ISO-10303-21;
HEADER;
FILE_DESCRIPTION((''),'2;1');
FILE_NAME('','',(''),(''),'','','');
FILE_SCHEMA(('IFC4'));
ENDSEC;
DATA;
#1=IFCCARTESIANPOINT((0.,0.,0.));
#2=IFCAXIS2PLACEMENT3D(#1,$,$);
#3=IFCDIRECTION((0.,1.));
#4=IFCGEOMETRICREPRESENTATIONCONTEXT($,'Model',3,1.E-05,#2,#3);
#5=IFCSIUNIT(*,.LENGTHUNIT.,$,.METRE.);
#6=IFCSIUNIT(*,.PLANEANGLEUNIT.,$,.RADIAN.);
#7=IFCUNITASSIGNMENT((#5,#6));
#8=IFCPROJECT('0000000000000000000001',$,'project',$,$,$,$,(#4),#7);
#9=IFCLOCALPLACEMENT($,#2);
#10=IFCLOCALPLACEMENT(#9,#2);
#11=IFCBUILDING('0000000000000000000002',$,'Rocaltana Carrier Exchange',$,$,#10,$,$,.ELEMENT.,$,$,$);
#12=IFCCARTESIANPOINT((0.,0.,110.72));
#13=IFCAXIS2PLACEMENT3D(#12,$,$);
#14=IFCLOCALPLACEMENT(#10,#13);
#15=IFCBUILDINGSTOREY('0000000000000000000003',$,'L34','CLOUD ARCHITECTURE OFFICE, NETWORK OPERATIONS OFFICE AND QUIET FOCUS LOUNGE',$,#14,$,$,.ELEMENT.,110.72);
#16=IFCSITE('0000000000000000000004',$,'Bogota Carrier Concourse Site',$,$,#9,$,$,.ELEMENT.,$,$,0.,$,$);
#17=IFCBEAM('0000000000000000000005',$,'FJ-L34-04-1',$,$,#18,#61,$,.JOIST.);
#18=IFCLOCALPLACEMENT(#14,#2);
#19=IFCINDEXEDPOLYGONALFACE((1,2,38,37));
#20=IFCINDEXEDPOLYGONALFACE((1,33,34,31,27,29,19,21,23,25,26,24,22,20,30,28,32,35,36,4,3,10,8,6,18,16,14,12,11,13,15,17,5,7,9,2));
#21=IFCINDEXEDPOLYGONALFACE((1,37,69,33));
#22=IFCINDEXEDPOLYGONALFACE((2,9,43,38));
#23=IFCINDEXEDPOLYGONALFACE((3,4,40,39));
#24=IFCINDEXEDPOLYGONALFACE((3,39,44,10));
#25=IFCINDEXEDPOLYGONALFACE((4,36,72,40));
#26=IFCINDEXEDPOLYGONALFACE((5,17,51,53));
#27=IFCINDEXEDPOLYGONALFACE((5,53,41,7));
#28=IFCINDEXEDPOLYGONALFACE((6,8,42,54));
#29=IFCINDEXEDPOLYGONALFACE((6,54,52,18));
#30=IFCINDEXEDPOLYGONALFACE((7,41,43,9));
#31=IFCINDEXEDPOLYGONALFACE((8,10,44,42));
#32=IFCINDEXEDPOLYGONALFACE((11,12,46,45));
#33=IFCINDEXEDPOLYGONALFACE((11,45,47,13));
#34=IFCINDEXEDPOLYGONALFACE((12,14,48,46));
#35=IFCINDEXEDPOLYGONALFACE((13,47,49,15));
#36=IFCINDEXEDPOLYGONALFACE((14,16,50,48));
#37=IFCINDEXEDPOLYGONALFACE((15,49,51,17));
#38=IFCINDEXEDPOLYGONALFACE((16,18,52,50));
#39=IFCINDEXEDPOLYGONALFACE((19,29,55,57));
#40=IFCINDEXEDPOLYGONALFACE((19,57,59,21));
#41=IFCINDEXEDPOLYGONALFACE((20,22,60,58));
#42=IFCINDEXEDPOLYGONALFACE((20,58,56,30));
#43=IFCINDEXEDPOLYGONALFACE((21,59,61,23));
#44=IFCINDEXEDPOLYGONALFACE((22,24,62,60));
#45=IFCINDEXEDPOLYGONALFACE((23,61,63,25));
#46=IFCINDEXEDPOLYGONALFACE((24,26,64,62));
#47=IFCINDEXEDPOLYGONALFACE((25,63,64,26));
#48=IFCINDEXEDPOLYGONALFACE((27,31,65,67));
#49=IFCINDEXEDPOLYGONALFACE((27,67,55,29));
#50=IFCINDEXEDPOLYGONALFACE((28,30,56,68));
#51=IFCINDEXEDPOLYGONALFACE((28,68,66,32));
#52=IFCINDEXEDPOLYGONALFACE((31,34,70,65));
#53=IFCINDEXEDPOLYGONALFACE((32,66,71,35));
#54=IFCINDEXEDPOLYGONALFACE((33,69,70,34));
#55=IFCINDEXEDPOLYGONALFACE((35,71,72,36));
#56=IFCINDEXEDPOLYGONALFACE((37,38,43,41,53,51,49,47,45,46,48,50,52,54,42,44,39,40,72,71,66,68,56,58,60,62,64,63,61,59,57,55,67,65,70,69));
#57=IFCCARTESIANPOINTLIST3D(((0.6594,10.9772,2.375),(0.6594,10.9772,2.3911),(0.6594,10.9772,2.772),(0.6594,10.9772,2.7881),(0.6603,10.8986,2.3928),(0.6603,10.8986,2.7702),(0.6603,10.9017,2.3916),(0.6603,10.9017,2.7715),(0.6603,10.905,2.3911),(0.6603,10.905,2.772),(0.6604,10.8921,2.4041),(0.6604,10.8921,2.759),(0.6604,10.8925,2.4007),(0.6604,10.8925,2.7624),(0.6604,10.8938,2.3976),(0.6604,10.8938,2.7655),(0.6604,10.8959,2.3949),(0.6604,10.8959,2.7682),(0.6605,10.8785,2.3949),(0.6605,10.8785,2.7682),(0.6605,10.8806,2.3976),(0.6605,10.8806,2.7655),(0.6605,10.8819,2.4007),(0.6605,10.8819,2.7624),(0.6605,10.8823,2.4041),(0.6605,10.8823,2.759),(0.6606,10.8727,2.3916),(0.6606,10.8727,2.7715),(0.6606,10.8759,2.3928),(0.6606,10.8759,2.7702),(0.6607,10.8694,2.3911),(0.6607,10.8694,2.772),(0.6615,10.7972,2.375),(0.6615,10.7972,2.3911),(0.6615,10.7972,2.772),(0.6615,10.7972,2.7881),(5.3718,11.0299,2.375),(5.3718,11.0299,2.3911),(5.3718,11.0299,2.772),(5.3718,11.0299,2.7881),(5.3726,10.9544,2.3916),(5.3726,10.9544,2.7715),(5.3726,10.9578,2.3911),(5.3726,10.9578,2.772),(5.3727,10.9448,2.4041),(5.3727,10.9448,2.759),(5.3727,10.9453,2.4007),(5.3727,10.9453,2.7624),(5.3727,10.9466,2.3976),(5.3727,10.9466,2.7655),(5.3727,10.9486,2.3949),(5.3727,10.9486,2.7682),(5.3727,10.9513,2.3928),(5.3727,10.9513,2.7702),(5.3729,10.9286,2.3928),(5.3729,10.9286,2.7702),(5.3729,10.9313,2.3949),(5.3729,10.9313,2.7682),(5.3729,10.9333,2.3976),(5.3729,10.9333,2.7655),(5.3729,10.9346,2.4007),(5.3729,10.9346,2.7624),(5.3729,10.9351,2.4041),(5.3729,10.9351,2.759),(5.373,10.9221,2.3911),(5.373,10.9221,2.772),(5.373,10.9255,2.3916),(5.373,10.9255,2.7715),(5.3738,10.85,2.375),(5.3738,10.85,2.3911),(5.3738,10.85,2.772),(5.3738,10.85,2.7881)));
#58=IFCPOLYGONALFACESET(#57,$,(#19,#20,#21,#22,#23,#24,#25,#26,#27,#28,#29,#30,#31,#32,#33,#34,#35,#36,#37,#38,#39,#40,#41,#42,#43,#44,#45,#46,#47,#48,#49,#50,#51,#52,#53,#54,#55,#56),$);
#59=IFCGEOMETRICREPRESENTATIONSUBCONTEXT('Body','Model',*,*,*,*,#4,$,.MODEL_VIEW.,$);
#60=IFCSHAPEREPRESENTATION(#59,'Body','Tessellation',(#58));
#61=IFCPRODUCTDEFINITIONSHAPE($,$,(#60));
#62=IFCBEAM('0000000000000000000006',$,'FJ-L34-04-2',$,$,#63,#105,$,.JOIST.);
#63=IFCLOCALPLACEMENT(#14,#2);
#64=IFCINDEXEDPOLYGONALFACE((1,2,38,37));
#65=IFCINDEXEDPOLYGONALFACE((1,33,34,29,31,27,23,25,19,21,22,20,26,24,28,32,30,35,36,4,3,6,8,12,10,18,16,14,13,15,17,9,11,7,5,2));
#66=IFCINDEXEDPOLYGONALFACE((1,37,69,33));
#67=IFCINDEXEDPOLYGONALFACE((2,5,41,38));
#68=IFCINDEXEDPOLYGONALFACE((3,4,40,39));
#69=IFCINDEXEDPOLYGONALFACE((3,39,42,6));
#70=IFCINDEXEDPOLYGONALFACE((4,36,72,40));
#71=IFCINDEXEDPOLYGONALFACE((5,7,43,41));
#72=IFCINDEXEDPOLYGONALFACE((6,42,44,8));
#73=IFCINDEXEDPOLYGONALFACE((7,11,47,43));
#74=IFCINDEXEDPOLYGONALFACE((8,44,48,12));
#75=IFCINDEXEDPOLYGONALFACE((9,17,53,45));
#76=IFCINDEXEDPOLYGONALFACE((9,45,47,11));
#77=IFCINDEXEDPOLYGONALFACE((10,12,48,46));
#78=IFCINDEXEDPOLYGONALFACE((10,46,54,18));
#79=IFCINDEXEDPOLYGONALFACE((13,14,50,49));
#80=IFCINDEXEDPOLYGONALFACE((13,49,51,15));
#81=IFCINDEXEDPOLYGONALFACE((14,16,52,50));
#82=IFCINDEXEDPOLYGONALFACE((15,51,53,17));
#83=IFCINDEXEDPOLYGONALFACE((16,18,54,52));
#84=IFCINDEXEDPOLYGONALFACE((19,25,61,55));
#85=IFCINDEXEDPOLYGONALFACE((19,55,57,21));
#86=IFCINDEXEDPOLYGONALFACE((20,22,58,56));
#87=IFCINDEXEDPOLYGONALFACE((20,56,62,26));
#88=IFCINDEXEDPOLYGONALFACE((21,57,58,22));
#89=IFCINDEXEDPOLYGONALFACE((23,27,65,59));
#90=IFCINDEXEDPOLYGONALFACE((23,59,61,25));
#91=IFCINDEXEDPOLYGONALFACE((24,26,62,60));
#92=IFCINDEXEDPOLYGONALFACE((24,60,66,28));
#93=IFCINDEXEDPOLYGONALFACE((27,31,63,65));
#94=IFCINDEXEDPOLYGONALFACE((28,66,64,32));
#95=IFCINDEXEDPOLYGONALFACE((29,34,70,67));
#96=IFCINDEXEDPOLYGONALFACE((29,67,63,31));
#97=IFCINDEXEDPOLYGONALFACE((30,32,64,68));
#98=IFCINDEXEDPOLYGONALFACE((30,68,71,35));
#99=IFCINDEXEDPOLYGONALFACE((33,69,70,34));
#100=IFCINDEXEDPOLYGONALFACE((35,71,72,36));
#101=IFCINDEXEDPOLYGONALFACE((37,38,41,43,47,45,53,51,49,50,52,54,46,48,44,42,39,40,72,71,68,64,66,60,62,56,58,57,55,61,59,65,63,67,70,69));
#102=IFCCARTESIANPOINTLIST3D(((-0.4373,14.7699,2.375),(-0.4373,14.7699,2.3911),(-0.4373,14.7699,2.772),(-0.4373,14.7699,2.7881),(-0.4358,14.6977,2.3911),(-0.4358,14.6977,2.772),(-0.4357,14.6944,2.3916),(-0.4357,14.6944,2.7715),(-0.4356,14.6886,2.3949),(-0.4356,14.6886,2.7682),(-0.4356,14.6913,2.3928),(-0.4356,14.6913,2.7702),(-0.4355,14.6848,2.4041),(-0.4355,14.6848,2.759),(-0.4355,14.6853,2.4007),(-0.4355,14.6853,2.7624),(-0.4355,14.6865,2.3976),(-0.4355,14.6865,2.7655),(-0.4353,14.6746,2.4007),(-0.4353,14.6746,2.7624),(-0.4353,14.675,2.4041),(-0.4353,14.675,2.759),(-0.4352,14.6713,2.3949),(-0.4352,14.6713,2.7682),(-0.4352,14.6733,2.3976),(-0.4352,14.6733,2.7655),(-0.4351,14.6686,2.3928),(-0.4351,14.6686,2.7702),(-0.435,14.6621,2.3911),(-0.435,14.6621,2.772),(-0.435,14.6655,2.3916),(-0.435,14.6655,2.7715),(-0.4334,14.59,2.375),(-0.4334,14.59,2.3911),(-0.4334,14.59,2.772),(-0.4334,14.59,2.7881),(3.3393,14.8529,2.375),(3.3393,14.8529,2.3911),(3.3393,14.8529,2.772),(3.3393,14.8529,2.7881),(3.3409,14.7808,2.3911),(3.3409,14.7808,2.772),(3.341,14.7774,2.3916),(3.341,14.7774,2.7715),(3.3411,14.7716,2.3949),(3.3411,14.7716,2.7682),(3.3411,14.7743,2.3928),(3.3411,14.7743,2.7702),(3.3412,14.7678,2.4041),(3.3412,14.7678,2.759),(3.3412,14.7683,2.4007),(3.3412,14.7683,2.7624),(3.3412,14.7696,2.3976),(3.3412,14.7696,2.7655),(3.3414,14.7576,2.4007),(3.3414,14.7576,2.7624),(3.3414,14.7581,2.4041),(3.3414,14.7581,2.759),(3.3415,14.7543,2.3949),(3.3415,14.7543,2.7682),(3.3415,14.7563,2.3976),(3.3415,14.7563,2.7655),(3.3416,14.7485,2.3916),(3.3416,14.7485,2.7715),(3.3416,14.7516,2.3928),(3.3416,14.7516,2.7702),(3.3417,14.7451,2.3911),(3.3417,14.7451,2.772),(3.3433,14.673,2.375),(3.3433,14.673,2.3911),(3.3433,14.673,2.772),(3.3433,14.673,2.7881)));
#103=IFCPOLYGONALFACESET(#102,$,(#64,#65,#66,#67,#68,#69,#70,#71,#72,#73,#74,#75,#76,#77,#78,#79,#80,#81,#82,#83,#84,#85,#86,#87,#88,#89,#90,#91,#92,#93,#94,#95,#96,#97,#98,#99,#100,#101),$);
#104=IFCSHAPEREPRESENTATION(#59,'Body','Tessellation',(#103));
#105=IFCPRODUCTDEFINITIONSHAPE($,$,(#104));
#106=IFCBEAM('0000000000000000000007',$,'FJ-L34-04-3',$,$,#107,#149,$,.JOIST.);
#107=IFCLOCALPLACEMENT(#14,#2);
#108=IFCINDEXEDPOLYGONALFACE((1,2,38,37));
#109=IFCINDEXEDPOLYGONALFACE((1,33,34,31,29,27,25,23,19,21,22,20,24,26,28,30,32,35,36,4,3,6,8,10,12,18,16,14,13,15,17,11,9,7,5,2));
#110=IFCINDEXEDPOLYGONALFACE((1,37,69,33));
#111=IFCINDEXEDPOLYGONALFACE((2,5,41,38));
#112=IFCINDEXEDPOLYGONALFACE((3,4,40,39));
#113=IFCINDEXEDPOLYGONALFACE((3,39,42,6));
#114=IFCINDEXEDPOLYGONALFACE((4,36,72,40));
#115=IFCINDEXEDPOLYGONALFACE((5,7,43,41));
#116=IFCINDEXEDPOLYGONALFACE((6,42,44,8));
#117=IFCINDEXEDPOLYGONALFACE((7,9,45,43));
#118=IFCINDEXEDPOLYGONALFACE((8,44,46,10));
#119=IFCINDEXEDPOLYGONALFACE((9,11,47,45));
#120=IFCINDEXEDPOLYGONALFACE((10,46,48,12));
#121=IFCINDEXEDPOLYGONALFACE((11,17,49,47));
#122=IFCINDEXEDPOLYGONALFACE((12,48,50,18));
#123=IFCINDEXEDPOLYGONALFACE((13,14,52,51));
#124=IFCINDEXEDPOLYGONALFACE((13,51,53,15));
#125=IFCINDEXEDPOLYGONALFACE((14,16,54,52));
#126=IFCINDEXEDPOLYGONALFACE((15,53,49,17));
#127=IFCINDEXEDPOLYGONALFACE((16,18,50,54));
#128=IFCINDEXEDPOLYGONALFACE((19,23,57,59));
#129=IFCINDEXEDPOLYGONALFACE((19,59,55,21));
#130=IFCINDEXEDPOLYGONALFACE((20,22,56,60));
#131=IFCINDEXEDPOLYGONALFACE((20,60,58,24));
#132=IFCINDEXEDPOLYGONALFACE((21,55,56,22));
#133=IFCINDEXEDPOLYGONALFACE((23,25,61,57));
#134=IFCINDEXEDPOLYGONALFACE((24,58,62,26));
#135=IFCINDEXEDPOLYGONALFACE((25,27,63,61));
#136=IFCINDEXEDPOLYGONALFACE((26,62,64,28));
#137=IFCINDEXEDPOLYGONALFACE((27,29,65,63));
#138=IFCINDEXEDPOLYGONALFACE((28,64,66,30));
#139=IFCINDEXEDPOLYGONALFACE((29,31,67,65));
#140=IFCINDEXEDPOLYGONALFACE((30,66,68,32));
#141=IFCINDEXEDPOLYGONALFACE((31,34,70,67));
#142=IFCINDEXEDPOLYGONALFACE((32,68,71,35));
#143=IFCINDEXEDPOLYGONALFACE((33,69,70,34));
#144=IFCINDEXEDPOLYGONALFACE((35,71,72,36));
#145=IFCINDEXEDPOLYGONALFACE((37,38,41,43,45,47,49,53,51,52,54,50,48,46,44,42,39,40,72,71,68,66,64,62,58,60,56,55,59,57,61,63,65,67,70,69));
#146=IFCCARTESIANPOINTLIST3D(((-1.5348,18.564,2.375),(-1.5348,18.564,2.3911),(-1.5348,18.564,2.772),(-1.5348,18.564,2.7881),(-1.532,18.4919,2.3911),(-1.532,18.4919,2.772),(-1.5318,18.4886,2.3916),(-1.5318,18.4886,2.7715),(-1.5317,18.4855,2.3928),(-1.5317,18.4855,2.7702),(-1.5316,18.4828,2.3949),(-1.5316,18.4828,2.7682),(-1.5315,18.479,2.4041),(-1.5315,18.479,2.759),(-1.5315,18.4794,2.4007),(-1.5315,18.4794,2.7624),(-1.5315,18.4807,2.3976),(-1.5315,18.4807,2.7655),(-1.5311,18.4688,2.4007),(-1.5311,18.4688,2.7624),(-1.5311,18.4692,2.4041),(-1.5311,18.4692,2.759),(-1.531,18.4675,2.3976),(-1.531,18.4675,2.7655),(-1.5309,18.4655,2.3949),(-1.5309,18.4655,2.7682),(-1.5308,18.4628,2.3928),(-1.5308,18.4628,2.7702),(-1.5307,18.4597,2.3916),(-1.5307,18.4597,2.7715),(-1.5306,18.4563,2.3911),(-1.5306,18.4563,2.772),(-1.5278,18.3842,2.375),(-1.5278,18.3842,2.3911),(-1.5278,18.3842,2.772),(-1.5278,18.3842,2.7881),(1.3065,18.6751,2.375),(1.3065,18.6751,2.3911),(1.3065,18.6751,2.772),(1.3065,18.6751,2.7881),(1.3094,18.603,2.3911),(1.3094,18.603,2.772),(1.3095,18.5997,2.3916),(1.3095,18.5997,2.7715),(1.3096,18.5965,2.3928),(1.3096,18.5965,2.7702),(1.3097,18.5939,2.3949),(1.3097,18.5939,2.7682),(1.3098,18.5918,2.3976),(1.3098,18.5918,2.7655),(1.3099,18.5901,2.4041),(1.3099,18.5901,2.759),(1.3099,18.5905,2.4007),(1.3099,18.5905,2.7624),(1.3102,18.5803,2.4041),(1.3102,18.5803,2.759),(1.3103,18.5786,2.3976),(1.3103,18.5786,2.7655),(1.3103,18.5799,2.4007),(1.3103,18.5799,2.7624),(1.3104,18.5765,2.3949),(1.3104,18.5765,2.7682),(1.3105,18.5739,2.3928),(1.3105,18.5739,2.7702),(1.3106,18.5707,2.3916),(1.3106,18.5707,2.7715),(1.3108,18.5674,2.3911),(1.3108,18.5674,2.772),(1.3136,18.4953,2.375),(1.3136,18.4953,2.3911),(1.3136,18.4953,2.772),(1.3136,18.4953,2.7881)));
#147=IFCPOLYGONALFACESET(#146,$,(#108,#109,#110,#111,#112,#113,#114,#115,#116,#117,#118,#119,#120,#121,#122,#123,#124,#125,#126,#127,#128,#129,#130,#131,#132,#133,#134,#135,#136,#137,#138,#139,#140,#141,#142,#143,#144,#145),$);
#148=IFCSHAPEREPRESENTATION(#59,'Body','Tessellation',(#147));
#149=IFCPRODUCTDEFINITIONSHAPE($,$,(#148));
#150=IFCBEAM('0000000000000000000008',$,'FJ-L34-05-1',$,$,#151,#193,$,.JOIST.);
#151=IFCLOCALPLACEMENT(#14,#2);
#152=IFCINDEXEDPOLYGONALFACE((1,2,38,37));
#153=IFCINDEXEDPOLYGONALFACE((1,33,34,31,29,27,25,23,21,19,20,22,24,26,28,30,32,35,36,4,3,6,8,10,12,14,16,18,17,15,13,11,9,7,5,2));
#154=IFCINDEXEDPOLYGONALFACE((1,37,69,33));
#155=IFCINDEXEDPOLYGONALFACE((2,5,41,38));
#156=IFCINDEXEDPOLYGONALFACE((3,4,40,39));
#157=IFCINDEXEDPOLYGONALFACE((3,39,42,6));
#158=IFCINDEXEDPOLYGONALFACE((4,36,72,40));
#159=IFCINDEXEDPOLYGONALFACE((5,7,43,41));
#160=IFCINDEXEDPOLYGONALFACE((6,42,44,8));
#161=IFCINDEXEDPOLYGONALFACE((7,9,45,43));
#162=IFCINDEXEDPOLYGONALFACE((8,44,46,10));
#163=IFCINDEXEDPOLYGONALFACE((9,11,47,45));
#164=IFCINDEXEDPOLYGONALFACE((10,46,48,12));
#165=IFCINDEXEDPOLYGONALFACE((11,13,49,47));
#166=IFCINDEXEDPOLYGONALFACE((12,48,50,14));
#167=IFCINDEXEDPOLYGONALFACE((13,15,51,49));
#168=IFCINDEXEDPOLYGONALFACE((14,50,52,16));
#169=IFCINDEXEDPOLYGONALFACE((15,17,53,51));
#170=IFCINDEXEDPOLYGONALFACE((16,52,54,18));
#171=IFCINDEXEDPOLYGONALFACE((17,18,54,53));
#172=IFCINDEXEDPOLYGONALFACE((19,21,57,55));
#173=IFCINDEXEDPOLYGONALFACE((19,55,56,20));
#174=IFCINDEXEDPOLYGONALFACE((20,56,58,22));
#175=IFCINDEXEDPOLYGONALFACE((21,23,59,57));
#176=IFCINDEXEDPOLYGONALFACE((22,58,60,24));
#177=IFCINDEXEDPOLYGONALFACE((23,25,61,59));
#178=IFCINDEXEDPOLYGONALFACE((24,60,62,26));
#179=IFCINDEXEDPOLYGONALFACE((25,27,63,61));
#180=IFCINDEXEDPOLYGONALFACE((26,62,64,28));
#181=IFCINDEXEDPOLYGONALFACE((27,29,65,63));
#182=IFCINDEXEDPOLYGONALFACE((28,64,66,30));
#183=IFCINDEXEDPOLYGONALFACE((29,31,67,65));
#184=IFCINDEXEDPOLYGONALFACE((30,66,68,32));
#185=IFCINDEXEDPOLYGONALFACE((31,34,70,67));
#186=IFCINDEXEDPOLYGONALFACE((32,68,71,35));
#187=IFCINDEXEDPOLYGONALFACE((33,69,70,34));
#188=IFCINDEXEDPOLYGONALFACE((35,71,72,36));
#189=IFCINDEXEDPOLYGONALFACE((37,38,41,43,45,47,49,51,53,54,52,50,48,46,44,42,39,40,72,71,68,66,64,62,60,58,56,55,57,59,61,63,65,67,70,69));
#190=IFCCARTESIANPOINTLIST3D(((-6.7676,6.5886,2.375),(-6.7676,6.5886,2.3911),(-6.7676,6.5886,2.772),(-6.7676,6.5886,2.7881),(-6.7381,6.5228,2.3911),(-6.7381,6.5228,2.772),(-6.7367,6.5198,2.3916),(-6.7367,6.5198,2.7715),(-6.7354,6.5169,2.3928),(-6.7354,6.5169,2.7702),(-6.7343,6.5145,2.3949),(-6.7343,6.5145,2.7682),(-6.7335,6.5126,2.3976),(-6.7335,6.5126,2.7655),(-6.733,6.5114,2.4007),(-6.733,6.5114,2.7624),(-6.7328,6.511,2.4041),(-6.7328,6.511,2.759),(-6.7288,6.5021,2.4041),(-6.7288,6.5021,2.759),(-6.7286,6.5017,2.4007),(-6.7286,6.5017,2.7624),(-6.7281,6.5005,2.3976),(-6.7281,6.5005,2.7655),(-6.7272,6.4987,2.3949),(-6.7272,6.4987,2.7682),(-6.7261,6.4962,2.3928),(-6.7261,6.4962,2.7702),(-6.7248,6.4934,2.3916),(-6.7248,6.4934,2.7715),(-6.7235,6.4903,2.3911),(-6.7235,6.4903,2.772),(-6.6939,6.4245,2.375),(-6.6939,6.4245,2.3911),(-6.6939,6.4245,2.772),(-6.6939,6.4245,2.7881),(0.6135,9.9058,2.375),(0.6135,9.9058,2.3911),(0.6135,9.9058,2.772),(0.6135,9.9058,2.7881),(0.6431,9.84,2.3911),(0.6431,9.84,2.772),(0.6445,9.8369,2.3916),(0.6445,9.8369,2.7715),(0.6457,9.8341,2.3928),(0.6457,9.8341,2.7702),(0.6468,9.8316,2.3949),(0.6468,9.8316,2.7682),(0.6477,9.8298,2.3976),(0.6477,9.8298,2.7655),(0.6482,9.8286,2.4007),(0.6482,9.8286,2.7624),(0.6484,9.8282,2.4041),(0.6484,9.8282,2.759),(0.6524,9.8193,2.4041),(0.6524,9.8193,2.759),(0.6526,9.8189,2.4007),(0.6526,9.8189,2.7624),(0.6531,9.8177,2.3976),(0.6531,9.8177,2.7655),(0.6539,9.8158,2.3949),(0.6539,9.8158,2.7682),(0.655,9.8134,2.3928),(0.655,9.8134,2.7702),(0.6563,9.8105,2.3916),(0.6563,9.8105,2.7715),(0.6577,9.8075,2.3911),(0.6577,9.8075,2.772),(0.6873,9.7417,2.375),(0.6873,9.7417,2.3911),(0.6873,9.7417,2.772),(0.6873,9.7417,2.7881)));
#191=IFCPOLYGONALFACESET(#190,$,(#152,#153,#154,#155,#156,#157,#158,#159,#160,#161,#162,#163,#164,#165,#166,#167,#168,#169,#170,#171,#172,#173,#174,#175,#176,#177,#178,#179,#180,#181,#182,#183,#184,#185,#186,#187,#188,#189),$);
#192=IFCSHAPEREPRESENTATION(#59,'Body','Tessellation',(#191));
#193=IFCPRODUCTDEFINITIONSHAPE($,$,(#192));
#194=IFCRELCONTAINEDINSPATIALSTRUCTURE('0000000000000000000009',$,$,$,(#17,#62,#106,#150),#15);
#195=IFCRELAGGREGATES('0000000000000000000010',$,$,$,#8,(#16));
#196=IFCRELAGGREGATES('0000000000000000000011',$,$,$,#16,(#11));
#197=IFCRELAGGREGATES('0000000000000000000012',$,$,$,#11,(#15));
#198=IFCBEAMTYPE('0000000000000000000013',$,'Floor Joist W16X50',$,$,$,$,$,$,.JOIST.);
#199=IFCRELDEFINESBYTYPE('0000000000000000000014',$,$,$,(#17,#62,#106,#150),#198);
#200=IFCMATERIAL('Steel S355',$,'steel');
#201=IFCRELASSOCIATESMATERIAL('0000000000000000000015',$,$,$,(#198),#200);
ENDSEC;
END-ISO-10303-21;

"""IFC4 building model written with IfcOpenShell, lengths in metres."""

from ifc_helpers import new_model, si_unit, direction, frame, origin, origin_2d, place, context, subcontext, project, spatial, i_section, extrude, material, material_profile, profile_set, type_object, element, save


model = new_model("IFC4")

# Units and contexts
model_context = context("Model", 3, precision=1e-05, world=origin(), true_north=direction((0.0, 1.0)))
body_context = subcontext(model_context, "Body", "Model", "MODEL_VIEW")
ifc_project = project(units=[si_unit("LENGTHUNIT", "METRE"), si_unit("PLANEANGLEUNIT", "RADIAN")], contexts=[model_context])

# Site, building, storey
site_placement = place(None, origin())
site = spatial("IfcSite", under=ifc_project, at=site_placement, Name="Bogota Carrier Concourse Site", CompositionType="ELEMENT", RefElevation=0.0)
building_placement = place(site_placement, origin())
building = spatial("IfcBuilding", under=site, at=building_placement, Name="Rocaltana Carrier Exchange", CompositionType="ELEMENT")
storey_placement = place(building_placement, frame((0.0, 0.0, 110.72)))
storey = spatial("IfcBuildingStorey", under=building, at=storey_placement, Name="L34", Description="CLOUD ARCHITECTURE OFFICE, NETWORK OPERATIONS OFFICE AND QUIET FOCUS LOUNGE", CompositionType="ELEMENT", Elevation=110.72)

# Beams
ifc_material_1 = material(Name="Steel S355", Category="steel")
ifc_material_profile_1 = material_profile(ifc_material_1, i_section(OverallWidth=0.1799, OverallDepth=0.4131, WebThickness=0.0098, FlangeThickness=0.0161, FilletRadius=0.0129, at=origin_2d()), Name="W16X50")
ifc_profile_set_1 = profile_set([ifc_material_profile_1], Name="Steel S355")
beam_type_1 = type_object("IfcBeamType", Name="Floor Joist W16X50", PredefinedType="JOIST", material=ifc_profile_set_1)
beam_1_placement = place(storey_placement, frame((5.3728, 10.9399, 2.5815), z_axis=(-0.999937, -0.01119, 0.0), x_axis=(0.01119, -0.999937, 0.0)))
element("IfcBeam", 1, at=beam_1_placement, inside=storey, type_object=beam_type_1, Name="FJ-L34-04-1", PredefinedType="JOIST", context=body_context, shape_type="SweptSolid", body=[
    extrude(i_section(OverallWidth=0.1799, OverallDepth=0.4131, WebThickness=0.0098, FlangeThickness=0.0161, FilletRadius=0.0129, at=origin_2d()), origin(), (0.0, 0.0, 1.0), 4.7126),
])
beam_2_placement = place(storey_placement, frame((3.3413, 14.7629, 2.5815), z_axis=(-0.999759, -0.021974, 0.0), x_axis=(0.021974, -0.999759, 0.0)))
element("IfcBeam", 2, at=beam_2_placement, inside=storey, type_object=beam_type_1, Name="FJ-L34-04-2", PredefinedType="JOIST", context=body_context, shape_type="SweptSolid", body=[
    extrude(i_section(OverallWidth=0.1799, OverallDepth=0.4131, WebThickness=0.0098, FlangeThickness=0.0161, FilletRadius=0.0129, at=origin_2d()), origin(), (0.0, 0.0, 1.0), 3.7776),
])
beam_3_placement = place(storey_placement, frame((1.3101, 18.5852, 2.5815), z_axis=(-0.999237, -0.039066, 0.0), x_axis=(0.039066, -0.999237, 0.0)))
element("IfcBeam", 3, at=beam_3_placement, inside=storey, type_object=beam_type_1, Name="FJ-L34-04-3", PredefinedType="JOIST", context=body_context, shape_type="SweptSolid", body=[
    extrude(i_section(OverallWidth=0.1799, OverallDepth=0.4131, WebThickness=0.0098, FlangeThickness=0.0161, FilletRadius=0.0129, at=origin_2d()), origin(), (0.0, 0.0, 1.0), 2.8435),
])
beam_4_placement = place(storey_placement, frame((0.6504, 9.8237, 2.5815), z_axis=(-0.912123, -0.409917, 0.0), x_axis=(0.409917, -0.912123, 0.0)))
element("IfcBeam", 4, at=beam_4_placement, inside=storey, type_object=beam_type_1, Name="FJ-L34-05-1", PredefinedType="JOIST", context=body_context, shape_type="SweptSolid", body=[
    extrude(i_section(OverallWidth=0.1799, OverallDepth=0.4131, WebThickness=0.0098, FlangeThickness=0.0161, FilletRadius=0.0129, at=origin_2d()), origin(), (0.0, 0.0, 1.0), 8.0923),
])

save(model, "model.ifc")
